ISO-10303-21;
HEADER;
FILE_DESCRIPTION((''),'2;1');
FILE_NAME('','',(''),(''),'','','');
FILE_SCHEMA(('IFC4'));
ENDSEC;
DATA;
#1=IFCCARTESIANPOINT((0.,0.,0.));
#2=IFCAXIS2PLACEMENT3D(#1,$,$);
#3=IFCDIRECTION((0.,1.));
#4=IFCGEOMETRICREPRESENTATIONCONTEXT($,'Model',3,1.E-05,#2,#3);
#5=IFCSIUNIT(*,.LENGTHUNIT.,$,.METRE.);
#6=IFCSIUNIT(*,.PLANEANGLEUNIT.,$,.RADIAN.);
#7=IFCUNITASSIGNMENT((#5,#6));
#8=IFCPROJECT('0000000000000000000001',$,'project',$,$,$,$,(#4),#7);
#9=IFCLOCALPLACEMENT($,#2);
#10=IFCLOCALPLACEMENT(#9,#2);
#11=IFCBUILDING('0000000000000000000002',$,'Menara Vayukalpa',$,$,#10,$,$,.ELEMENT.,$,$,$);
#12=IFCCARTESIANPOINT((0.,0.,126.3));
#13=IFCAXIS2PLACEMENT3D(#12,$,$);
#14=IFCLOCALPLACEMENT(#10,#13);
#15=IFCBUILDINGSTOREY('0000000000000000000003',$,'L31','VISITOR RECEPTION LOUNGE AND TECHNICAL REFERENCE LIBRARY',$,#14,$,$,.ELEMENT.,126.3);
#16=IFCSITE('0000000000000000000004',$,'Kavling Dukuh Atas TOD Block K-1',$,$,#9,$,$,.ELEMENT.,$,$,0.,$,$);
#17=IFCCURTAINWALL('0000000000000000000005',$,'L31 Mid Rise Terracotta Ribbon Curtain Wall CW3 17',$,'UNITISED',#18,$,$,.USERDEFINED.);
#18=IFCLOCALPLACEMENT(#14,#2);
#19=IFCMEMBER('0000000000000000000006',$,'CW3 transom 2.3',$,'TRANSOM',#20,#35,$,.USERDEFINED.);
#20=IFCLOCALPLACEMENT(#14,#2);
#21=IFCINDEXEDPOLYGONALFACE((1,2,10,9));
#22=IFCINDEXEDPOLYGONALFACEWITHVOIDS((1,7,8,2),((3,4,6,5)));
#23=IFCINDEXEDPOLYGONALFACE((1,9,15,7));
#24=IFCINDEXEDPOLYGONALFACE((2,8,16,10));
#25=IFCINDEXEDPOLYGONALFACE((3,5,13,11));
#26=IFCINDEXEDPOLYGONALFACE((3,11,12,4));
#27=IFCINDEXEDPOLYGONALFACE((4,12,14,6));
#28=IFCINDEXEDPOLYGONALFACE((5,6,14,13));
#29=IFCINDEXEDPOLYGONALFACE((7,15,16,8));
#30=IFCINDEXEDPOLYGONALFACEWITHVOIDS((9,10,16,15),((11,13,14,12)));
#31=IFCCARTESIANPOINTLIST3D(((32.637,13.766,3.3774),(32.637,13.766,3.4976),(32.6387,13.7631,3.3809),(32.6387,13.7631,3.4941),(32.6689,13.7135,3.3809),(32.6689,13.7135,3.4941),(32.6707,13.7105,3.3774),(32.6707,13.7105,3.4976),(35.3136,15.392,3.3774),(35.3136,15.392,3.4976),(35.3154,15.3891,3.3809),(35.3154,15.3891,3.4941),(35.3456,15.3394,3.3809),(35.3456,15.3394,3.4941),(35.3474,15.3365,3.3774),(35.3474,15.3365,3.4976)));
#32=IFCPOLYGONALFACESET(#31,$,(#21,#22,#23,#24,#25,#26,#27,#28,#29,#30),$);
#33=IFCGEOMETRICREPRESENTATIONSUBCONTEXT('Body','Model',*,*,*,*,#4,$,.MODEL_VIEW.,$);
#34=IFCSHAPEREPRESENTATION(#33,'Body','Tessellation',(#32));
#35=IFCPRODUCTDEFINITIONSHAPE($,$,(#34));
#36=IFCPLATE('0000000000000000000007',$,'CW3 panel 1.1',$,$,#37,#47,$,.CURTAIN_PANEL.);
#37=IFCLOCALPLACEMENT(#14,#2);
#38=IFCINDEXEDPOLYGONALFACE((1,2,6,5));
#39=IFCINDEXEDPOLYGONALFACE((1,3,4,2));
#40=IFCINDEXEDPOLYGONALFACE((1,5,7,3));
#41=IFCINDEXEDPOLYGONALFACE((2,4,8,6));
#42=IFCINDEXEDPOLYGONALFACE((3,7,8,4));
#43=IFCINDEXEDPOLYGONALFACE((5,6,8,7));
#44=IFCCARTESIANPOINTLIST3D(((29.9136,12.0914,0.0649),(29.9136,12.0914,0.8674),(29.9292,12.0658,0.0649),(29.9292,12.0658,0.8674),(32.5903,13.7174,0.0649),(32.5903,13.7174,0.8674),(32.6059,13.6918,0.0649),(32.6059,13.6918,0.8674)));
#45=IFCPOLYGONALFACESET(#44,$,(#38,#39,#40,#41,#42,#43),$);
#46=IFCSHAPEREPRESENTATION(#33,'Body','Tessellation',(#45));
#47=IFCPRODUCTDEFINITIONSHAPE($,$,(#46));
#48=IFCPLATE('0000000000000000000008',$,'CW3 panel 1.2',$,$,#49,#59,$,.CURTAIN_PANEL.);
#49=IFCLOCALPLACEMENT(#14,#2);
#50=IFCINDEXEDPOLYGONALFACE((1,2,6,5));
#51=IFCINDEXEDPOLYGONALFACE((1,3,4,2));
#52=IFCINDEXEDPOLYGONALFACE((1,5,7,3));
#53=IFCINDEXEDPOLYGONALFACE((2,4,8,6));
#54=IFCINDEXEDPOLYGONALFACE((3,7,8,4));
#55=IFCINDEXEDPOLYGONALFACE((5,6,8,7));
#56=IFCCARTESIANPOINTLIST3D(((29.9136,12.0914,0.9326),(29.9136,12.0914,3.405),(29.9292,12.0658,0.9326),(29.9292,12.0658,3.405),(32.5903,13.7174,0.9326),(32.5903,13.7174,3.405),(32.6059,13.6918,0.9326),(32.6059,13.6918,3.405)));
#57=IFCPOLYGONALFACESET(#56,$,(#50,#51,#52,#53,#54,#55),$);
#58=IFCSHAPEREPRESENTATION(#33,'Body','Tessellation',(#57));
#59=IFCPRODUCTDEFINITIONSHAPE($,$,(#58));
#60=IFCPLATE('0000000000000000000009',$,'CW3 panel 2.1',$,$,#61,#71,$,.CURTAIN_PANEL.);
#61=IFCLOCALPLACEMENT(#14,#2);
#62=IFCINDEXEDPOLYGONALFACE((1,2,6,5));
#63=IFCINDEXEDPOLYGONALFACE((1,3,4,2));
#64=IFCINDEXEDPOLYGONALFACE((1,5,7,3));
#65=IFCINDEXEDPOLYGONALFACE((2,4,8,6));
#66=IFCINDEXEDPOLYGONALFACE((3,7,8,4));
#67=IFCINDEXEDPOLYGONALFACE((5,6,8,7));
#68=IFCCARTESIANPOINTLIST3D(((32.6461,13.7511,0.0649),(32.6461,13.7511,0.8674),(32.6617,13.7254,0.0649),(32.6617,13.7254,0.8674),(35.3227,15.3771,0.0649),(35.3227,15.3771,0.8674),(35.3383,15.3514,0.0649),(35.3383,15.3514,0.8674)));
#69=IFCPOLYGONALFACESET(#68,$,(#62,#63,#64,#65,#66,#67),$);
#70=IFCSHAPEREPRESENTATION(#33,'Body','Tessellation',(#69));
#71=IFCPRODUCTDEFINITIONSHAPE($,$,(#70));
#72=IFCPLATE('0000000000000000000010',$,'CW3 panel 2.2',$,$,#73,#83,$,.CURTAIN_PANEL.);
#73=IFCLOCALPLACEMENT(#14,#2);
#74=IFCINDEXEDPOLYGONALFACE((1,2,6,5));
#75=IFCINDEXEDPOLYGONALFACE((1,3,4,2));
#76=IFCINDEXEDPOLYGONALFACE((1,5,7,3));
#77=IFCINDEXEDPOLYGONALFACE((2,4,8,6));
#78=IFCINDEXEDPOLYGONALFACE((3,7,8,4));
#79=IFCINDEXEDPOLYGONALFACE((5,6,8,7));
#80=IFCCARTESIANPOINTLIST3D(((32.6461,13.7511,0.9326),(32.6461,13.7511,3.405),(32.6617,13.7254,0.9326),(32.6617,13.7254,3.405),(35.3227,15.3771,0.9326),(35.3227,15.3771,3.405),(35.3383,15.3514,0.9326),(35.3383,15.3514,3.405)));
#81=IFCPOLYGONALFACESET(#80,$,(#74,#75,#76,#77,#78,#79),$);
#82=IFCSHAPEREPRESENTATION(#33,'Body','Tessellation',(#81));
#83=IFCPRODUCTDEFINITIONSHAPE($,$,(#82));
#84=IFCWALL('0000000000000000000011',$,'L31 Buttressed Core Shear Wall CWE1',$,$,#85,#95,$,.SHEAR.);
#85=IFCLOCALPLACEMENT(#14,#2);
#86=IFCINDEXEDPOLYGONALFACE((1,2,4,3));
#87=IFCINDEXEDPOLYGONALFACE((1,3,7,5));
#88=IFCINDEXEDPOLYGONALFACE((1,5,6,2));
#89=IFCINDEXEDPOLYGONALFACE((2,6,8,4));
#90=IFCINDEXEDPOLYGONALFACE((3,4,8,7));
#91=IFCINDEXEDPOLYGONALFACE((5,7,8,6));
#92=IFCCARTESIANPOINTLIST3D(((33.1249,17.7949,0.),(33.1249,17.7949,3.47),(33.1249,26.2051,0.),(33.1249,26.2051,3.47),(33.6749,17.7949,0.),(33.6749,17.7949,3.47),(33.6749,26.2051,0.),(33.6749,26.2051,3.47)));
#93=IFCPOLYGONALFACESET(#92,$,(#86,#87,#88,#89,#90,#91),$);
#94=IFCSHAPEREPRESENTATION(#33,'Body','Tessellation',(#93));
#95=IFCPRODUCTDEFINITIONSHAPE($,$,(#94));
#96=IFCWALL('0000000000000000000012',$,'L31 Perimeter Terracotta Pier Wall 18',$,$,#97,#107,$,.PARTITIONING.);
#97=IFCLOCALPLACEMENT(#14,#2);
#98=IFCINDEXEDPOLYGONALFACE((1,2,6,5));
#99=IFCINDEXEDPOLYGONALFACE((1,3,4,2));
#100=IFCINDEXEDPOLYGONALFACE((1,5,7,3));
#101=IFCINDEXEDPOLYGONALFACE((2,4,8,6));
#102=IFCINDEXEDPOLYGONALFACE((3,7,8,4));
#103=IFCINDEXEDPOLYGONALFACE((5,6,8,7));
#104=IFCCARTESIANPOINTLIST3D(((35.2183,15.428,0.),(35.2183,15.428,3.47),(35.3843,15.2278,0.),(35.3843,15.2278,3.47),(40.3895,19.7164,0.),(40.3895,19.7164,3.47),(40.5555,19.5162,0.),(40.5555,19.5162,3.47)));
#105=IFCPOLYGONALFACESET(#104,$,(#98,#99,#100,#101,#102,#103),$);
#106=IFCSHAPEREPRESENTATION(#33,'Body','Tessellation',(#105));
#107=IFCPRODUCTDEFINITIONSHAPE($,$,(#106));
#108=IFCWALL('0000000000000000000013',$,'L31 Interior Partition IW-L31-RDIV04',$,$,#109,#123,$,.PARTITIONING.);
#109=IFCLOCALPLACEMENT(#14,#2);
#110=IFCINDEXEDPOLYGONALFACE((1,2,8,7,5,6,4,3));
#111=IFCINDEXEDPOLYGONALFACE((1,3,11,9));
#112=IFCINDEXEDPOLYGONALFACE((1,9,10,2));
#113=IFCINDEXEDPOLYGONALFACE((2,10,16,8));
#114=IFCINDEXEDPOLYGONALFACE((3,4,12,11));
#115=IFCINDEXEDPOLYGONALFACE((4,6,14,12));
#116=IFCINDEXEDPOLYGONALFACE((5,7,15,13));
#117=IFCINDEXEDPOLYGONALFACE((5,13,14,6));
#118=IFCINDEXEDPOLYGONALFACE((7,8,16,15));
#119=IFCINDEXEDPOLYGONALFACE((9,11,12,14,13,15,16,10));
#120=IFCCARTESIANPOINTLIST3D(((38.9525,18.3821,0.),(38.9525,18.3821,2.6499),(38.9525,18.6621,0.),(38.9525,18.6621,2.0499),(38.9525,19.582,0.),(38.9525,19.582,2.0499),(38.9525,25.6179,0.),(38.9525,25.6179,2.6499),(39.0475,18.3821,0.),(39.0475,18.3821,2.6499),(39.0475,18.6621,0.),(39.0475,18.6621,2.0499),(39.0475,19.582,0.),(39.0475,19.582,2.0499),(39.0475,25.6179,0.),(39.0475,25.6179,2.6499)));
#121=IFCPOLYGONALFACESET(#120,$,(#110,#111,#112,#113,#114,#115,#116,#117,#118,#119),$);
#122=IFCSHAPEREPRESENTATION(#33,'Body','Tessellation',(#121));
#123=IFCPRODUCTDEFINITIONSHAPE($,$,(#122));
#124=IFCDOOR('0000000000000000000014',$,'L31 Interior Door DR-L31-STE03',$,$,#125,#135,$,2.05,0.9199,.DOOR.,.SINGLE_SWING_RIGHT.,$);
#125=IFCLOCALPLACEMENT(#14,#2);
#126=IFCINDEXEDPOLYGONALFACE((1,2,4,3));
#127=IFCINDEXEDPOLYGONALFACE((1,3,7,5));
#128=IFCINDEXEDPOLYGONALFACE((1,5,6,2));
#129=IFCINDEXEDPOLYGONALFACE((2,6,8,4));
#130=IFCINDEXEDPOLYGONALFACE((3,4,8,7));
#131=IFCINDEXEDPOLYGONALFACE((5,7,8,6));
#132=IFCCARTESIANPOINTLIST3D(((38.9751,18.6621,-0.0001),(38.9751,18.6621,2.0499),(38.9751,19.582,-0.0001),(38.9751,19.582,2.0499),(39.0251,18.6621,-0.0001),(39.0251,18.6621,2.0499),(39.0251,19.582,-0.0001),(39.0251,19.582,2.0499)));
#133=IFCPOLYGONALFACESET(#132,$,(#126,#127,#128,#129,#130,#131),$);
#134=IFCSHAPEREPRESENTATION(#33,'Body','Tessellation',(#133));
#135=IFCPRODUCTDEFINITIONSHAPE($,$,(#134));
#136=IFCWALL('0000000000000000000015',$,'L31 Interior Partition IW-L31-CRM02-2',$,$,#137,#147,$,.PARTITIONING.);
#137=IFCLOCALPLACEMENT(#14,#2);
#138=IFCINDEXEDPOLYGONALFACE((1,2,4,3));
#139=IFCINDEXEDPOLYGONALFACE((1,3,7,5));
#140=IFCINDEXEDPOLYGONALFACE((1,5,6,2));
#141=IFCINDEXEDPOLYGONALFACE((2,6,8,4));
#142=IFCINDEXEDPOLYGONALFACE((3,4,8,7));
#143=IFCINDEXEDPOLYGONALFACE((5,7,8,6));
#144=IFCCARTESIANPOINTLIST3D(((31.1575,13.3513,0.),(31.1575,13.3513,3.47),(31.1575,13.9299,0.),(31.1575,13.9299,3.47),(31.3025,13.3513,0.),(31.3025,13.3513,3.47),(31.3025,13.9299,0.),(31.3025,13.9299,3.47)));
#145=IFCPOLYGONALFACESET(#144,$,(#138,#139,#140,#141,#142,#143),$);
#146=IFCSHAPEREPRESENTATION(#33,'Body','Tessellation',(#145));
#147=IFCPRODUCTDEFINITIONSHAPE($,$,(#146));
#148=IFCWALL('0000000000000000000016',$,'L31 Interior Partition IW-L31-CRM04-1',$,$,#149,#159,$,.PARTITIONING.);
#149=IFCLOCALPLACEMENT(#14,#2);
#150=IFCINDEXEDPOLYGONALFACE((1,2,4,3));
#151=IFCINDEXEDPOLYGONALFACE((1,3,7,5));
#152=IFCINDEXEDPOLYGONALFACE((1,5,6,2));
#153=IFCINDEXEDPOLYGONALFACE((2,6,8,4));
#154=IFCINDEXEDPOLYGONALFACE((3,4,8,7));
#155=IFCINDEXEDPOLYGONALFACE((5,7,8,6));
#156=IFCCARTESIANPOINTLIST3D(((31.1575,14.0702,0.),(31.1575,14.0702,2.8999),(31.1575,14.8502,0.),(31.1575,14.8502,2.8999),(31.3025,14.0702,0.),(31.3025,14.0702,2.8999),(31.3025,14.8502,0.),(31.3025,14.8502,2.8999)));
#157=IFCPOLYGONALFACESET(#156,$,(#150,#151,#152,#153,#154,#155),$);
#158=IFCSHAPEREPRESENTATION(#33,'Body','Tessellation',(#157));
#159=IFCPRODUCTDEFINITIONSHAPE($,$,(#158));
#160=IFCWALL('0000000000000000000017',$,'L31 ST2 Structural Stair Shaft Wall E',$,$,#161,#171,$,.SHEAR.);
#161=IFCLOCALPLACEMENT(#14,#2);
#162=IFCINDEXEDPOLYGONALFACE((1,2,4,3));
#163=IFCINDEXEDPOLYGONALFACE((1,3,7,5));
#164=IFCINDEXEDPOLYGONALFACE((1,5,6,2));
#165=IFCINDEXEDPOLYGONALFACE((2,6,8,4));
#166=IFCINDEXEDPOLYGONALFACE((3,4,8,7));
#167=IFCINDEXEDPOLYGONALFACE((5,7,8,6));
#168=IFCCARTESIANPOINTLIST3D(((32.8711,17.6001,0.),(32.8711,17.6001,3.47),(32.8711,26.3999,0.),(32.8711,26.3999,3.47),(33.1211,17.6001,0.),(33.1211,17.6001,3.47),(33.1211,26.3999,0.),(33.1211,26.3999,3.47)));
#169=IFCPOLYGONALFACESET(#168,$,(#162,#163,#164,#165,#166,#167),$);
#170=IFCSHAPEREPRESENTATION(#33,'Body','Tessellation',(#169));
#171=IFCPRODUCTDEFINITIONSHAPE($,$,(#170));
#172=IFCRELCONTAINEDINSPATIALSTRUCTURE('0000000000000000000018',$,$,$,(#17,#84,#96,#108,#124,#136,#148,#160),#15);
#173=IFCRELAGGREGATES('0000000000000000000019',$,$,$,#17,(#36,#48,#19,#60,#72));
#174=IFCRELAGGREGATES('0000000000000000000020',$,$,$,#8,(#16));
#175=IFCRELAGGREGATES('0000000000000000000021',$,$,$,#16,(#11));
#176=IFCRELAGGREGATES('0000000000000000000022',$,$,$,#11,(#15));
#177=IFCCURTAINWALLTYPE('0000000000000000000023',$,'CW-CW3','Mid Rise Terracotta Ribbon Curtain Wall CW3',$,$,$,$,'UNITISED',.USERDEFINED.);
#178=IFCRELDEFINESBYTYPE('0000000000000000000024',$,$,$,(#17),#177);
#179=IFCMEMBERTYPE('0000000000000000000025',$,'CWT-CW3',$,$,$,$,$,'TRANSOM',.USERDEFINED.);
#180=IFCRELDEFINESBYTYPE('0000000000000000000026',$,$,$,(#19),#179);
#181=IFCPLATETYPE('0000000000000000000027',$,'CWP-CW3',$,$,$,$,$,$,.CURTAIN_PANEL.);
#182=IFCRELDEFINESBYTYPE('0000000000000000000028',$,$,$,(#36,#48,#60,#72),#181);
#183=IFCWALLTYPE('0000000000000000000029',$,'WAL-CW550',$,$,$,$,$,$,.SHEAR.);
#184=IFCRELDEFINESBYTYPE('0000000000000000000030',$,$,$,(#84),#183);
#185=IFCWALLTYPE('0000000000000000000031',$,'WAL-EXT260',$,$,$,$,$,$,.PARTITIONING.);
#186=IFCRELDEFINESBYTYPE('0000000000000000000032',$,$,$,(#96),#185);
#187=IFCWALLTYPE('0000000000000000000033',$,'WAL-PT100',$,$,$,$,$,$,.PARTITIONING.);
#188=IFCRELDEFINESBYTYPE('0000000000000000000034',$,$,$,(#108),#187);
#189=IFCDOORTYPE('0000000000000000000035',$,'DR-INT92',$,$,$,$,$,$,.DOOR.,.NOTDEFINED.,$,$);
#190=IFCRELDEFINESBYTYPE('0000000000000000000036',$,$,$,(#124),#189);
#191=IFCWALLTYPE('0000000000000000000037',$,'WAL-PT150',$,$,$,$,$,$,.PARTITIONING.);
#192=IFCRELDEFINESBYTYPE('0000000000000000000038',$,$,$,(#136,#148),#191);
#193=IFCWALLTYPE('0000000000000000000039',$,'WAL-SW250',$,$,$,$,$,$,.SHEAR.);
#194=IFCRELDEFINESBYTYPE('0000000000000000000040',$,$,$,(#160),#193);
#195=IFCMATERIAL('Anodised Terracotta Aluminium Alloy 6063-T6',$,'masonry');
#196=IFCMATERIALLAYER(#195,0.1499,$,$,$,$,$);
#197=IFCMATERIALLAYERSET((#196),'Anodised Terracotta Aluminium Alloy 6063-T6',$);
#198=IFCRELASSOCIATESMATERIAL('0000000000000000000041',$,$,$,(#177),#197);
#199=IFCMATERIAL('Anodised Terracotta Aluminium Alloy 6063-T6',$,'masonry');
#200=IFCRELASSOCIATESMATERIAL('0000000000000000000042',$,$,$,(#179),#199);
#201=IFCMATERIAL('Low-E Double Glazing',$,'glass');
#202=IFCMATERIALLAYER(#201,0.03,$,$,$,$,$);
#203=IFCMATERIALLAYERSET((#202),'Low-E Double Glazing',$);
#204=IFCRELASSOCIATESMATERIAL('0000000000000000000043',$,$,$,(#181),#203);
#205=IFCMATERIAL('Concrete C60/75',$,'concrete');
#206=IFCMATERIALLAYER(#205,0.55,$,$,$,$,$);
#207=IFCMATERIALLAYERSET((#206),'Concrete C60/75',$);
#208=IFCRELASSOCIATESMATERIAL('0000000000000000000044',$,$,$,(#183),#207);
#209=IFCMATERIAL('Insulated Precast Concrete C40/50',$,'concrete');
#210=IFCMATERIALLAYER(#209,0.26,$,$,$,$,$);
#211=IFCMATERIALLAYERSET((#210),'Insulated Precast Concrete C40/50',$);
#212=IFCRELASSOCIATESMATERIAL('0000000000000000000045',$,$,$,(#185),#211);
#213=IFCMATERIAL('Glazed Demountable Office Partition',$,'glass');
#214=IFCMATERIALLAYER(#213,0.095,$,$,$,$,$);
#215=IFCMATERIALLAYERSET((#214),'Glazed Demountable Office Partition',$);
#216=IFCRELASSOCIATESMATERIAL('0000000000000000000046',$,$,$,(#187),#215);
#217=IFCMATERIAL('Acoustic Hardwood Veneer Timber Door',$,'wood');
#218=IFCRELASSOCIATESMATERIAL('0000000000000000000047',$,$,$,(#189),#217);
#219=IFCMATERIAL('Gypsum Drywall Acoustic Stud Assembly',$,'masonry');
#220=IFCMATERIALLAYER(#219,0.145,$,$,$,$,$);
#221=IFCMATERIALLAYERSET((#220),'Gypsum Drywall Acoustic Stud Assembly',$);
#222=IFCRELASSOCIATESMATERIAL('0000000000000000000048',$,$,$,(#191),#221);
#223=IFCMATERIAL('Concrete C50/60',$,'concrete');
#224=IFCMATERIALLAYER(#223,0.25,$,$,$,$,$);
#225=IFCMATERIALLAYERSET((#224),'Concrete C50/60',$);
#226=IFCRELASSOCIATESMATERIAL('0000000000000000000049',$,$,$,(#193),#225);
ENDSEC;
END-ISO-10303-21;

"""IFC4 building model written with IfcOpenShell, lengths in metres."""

from ifc_helpers import new_model, si_unit, direction, frame, frame_2d, origin, origin_2d, place, context, subcontext, project, spatial, rectangle, hollow_rectangle, extrude, material, layer, layer_set, material_profile, profile_set, type_object, element, fill, aggregate, save


model = new_model("IFC4")

# Units and contexts
model_context = context("Model", 3, precision=1e-05, world=origin(), true_north=direction((0.0, 1.0)))
body_context = subcontext(model_context, "Body", "Model", "MODEL_VIEW")
ifc_project = project(units=[si_unit("LENGTHUNIT", "METRE"), si_unit("PLANEANGLEUNIT", "RADIAN")], contexts=[model_context])

# Site, building, storey
site_placement = place(None, origin())
site = spatial("IfcSite", under=ifc_project, at=site_placement, Name="Kavling Dukuh Atas TOD Block K-1", CompositionType="ELEMENT", RefElevation=0.0)
building_placement = place(site_placement, origin())
building = spatial("IfcBuilding", under=site, at=building_placement, Name="Menara Vayukalpa", CompositionType="ELEMENT")
storey_placement = place(building_placement, frame((0.0, 0.0, 126.3)))
storey = spatial("IfcBuildingStorey", under=building, at=storey_placement, Name="L31", Description="VISITOR RECEPTION LOUNGE AND TECHNICAL REFERENCE LIBRARY", CompositionType="ELEMENT", Elevation=126.3)

# Curtain wall, member, plates
ifc_material_1 = material(Name="Anodised Terracotta Aluminium Alloy 6063-T6", Category="masonry")
ifc_layer_1 = layer(ifc_material_1, 0.1499)
ifc_layer_set_1 = layer_set([ifc_layer_1], Name="Anodised Terracotta Aluminium Alloy 6063-T6")
curtain_wall_type = type_object("IfcCurtainWallType", Name="CW-CW3", Description="Mid Rise Terracotta Ribbon Curtain Wall CW3", ElementType="UNITISED", PredefinedType="USERDEFINED", material=ifc_layer_set_1)
curtain_wall_placement = place(storey_placement, origin())
curtain_wall = element("IfcCurtainWall", 1, at=curtain_wall_placement, inside=storey, type_object=curtain_wall_type, Name="L31 Mid Rise Terracotta Ribbon Curtain Wall CW3 17", ObjectType="UNITISED", PredefinedType="USERDEFINED")
ifc_material_2 = material(Name="Anodised Terracotta Aluminium Alloy 6063-T6", Category="masonry")
ifc_material_profile_1 = material_profile(ifc_material_2, hollow_rectangle(XDim=0.0649, YDim=0.1201, WallThickness=0.0034, at=origin_2d()), Name="ALU 65x120x3.5")
ifc_profile_set_1 = profile_set([ifc_material_profile_1], Name="Anodised Terracotta Aluminium Alloy 6063-T6")
member_type_1 = type_object("IfcMemberType", Name="CWT-CW3", ElementType="TRANSOM", PredefinedType="USERDEFINED", material=ifc_profile_set_1)
member_1_placement = place(storey_placement, frame((32.6538, 13.7383, 3.4375), z_axis=(0.854674, 0.519165, 0.0), x_axis=(-0.519165, 0.854674, 0.0)))
member_1 = element("IfcMember", 2, at=member_1_placement, type_object=member_type_1, Name="CW3 transom 2.3", ObjectType="TRANSOM", PredefinedType="USERDEFINED", context=body_context, shape_type="SweptSolid", body=[
    extrude(hollow_rectangle(XDim=0.0649, YDim=0.1201, WallThickness=0.0034, at=origin_2d()), origin(), (0.0, 0.0, 1.0), 3.1318),
])
ifc_material_3 = material(Name="Low-E Double Glazing", Category="glass")
ifc_layer_2 = layer(ifc_material_3, 0.03)
ifc_layer_set_2 = layer_set([ifc_layer_2], Name="Low-E Double Glazing")
plate_type = type_object("IfcPlateType", Name="CWP-CW3", PredefinedType="CURTAIN_PANEL", material=ifc_layer_set_2)
plate_1_placement = place(storey_placement, frame((31.2598, 12.8916, 0.0649), z_axis=(0.0, 0.0, 1.0), x_axis=(0.854663, 0.519183, 0.0)))
plate_1 = element("IfcPlate", 3, at=plate_1_placement, type_object=plate_type, Name="CW3 panel 1.1", PredefinedType="CURTAIN_PANEL", context=body_context, shape_type="SweptSolid", body=[
    extrude(rectangle(XDim=3.1318, YDim=0.03, at=origin_2d()), origin(), (0.0, 0.0, 1.0), 0.8025),
])
plate_2_placement = place(storey_placement, frame((31.2598, 12.8916, 0.9326), z_axis=(0.0, 0.0, 1.0), x_axis=(0.854663, 0.519183, 0.0)))
plate_2 = element("IfcPlate", 4, at=plate_2_placement, type_object=plate_type, Name="CW3 panel 1.2", PredefinedType="CURTAIN_PANEL", context=body_context, shape_type="SweptSolid", body=[
    extrude(rectangle(XDim=3.1318, YDim=0.03, at=origin_2d()), origin(), (0.0, 0.0, 1.0), 2.4724),
])
plate_3_placement = place(storey_placement, frame((33.9922, 14.5513, 0.0649), z_axis=(0.0, 0.0, 1.0), x_axis=(0.854663, 0.519183, 0.0)))
plate_3 = element("IfcPlate", 5, at=plate_3_placement, type_object=plate_type, Name="CW3 panel 2.1", PredefinedType="CURTAIN_PANEL", context=body_context, shape_type="SweptSolid", body=[
    extrude(rectangle(XDim=3.1318, YDim=0.03, at=origin_2d()), origin(), (0.0, 0.0, 1.0), 0.8025),
])
plate_4_placement = place(storey_placement, frame((33.9922, 14.5513, 0.9326), z_axis=(0.0, 0.0, 1.0), x_axis=(0.854663, 0.519183, 0.0)))
plate_4 = element("IfcPlate", 6, at=plate_4_placement, type_object=plate_type, Name="CW3 panel 2.2", PredefinedType="CURTAIN_PANEL", context=body_context, shape_type="SweptSolid", body=[
    extrude(rectangle(XDim=3.1318, YDim=0.03, at=origin_2d()), origin(), (0.0, 0.0, 1.0), 2.4724),
])
aggregate(curtain_wall, [plate_1, plate_2, member_1, plate_3, plate_4])

# Walls
ifc_material_4 = material(Name="Concrete C60/75", Category="concrete")
ifc_layer_3 = layer(ifc_material_4, 0.55)
ifc_layer_set_3 = layer_set([ifc_layer_3], Name="Concrete C60/75")
wall_type_1 = type_object("IfcWallType", Name="WAL-CW550", PredefinedType="SHEAR", material=ifc_layer_set_3)
wall_1_placement = place(storey_placement, frame((33.3999, 17.7949, 0.0), z_axis=(0.0, 0.0, 1.0), x_axis=(0.0, 1.0, 0.0)))
element("IfcWall", 7, at=wall_1_placement, inside=storey, type_object=wall_type_1, Name="L31 Buttressed Core Shear Wall CWE1", PredefinedType="SHEAR", context=body_context, shape_type="SweptSolid", body=[
    extrude(rectangle(XDim=8.4102, YDim=0.55, at=frame_2d((4.2051, 0.0))), origin(), (0.0, 0.0, 1.0), 3.47),
])
ifc_material_5 = material(Name="Insulated Precast Concrete C40/50", Category="concrete")
ifc_layer_4 = layer(ifc_material_5, 0.26)
ifc_layer_set_4 = layer_set([ifc_layer_4], Name="Insulated Precast Concrete C40/50")
wall_type_2 = type_object("IfcWallType", Name="WAL-EXT260", PredefinedType="PARTITIONING", material=ifc_layer_set_4)
wall_2_placement = place(storey_placement, frame((40.4724, 19.6162, 0.0), z_axis=(0.0, 0.0, 1.0), x_axis=(-0.769753, -0.638342, 0.0)))
element("IfcWall", 8, at=wall_2_placement, inside=storey, type_object=wall_type_2, Name="L31 Perimeter Terracotta Pier Wall 18", PredefinedType="PARTITIONING", context=body_context, shape_type="SweptSolid", body=[
    extrude(rectangle(XDim=6.718, YDim=0.26, at=frame_2d((3.3589, 0.0))), origin(), (0.0, 0.0, 1.0), 3.47),
])

# Wall, opening, door
ifc_material_6 = material(Name="Glazed Demountable Office Partition", Category="glass")
ifc_layer_5 = layer(ifc_material_6, 0.095)
ifc_layer_set_5 = layer_set([ifc_layer_5], Name="Glazed Demountable Office Partition")
wall_type_3 = type_object("IfcWallType", Name="WAL-PT100", PredefinedType="PARTITIONING", material=ifc_layer_set_5)
wall_3_placement = place(storey_placement, frame((39.0, 18.3821, 0.0), z_axis=(0.0, 0.0, 1.0), x_axis=(0.0, 1.0, 0.0)))
wall_3 = element("IfcWall", 9, at=wall_3_placement, inside=storey, type_object=wall_type_3, Name="L31 Interior Partition IW-L31-RDIV04", PredefinedType="PARTITIONING", context=body_context, shape_type="SweptSolid", body=[
    extrude(rectangle(XDim=7.2358, YDim=0.095, at=frame_2d((3.6179, 0.0))), origin(), (0.0, 0.0, 1.0), 2.6499),
])
opening_placement = place(wall_3_placement, frame((0.28, 0.0, 0.0)))
opening = element("IfcOpeningElement", 10, at=opening_placement, cuts=wall_3, PredefinedType="OPENING", context=body_context, shape_type="SweptSolid", body=[
    extrude(rectangle(XDim=0.9199, YDim=2.05, at=frame_2d((0.46, 1.0249))), frame((0.0, 0.0574, 0.0), z_axis=(0.0, -1.0, 0.0), x_axis=(1.0, 0.0, 0.0)), (0.0, 0.0, 1.0), 0.115),
])
ifc_material_7 = material(Name="Acoustic Hardwood Veneer Timber Door", Category="wood")
door_type = type_object("IfcDoorType", Name="DR-INT92", OperationType="NOTDEFINED", PredefinedType="DOOR", material=ifc_material_7)
door_placement = place(opening_placement, origin())
door = element("IfcDoor", 11, at=door_placement, inside=storey, type_object=door_type, Name="L31 Interior Door DR-L31-STE03", OperationType="SINGLE_SWING_RIGHT", OverallHeight=2.05, OverallWidth=0.9199, PredefinedType="DOOR", context=body_context, shape_type="SweptSolid", body=[
    extrude(rectangle(XDim=0.9199, YDim=2.05, at=frame_2d((0.46, 1.0249))), frame((0.0, 0.0249, 0.0), z_axis=(0.0, -1.0, 0.0), x_axis=(1.0, 0.0, 0.0)), (0.0, 0.0, 1.0), 0.05),
])
fill(opening, door)

# Walls
ifc_material_8 = material(Name="Gypsum Drywall Acoustic Stud Assembly", Category="masonry")
ifc_layer_6 = layer(ifc_material_8, 0.145)
ifc_layer_set_6 = layer_set([ifc_layer_6], Name="Gypsum Drywall Acoustic Stud Assembly")
wall_type_4 = type_object("IfcWallType", Name="WAL-PT150", PredefinedType="PARTITIONING", material=ifc_layer_set_6)
wall_4_placement = place(storey_placement, frame((31.23, 13.3513, 0.0), z_axis=(0.0, 0.0, 1.0), x_axis=(0.0, 1.0, 0.0)))
element("IfcWall", 12, at=wall_4_placement, inside=storey, type_object=wall_type_4, Name="L31 Interior Partition IW-L31-CRM02-2", PredefinedType="PARTITIONING", context=body_context, shape_type="SweptSolid", body=[
    extrude(rectangle(XDim=0.5786, YDim=0.145, at=frame_2d((0.2893, 0.0))), origin(), (0.0, 0.0, 1.0), 3.47),
])
wall_5_placement = place(storey_placement, frame((31.23, 14.0701, 0.0), z_axis=(0.0, 0.0, 1.0), x_axis=(0.0, 1.0, 0.0)))
element("IfcWall", 13, at=wall_5_placement, inside=storey, type_object=wall_type_4, Name="L31 Interior Partition IW-L31-CRM04-1", PredefinedType="PARTITIONING", context=body_context, shape_type="SweptSolid", body=[
    extrude(rectangle(XDim=0.78, YDim=0.145, at=frame_2d((0.3901, 0.0))), origin(), (0.0, 0.0, 1.0), 2.8999),
])
ifc_material_9 = material(Name="Concrete C50/60", Category="concrete")
ifc_layer_7 = layer(ifc_material_9, 0.25)
ifc_layer_set_7 = layer_set([ifc_layer_7], Name="Concrete C50/60")
wall_type_5 = type_object("IfcWallType", Name="WAL-SW250", PredefinedType="SHEAR", material=ifc_layer_set_7)
wall_6_placement = place(storey_placement, frame((32.9961, 17.6001, 0.0), z_axis=(0.0, 0.0, 1.0), x_axis=(0.0, 1.0, 0.0)))
element("IfcWall", 14, at=wall_6_placement, inside=storey, type_object=wall_type_5, Name="L31 ST2 Structural Stair Shaft Wall E", PredefinedType="SHEAR", context=body_context, shape_type="SweptSolid", body=[
    extrude(rectangle(XDim=8.7998, YDim=0.25, at=frame_2d((4.3999, 0.0))), origin(), (0.0, 0.0, 1.0), 3.47),
])

save(model, "model.ifc")
